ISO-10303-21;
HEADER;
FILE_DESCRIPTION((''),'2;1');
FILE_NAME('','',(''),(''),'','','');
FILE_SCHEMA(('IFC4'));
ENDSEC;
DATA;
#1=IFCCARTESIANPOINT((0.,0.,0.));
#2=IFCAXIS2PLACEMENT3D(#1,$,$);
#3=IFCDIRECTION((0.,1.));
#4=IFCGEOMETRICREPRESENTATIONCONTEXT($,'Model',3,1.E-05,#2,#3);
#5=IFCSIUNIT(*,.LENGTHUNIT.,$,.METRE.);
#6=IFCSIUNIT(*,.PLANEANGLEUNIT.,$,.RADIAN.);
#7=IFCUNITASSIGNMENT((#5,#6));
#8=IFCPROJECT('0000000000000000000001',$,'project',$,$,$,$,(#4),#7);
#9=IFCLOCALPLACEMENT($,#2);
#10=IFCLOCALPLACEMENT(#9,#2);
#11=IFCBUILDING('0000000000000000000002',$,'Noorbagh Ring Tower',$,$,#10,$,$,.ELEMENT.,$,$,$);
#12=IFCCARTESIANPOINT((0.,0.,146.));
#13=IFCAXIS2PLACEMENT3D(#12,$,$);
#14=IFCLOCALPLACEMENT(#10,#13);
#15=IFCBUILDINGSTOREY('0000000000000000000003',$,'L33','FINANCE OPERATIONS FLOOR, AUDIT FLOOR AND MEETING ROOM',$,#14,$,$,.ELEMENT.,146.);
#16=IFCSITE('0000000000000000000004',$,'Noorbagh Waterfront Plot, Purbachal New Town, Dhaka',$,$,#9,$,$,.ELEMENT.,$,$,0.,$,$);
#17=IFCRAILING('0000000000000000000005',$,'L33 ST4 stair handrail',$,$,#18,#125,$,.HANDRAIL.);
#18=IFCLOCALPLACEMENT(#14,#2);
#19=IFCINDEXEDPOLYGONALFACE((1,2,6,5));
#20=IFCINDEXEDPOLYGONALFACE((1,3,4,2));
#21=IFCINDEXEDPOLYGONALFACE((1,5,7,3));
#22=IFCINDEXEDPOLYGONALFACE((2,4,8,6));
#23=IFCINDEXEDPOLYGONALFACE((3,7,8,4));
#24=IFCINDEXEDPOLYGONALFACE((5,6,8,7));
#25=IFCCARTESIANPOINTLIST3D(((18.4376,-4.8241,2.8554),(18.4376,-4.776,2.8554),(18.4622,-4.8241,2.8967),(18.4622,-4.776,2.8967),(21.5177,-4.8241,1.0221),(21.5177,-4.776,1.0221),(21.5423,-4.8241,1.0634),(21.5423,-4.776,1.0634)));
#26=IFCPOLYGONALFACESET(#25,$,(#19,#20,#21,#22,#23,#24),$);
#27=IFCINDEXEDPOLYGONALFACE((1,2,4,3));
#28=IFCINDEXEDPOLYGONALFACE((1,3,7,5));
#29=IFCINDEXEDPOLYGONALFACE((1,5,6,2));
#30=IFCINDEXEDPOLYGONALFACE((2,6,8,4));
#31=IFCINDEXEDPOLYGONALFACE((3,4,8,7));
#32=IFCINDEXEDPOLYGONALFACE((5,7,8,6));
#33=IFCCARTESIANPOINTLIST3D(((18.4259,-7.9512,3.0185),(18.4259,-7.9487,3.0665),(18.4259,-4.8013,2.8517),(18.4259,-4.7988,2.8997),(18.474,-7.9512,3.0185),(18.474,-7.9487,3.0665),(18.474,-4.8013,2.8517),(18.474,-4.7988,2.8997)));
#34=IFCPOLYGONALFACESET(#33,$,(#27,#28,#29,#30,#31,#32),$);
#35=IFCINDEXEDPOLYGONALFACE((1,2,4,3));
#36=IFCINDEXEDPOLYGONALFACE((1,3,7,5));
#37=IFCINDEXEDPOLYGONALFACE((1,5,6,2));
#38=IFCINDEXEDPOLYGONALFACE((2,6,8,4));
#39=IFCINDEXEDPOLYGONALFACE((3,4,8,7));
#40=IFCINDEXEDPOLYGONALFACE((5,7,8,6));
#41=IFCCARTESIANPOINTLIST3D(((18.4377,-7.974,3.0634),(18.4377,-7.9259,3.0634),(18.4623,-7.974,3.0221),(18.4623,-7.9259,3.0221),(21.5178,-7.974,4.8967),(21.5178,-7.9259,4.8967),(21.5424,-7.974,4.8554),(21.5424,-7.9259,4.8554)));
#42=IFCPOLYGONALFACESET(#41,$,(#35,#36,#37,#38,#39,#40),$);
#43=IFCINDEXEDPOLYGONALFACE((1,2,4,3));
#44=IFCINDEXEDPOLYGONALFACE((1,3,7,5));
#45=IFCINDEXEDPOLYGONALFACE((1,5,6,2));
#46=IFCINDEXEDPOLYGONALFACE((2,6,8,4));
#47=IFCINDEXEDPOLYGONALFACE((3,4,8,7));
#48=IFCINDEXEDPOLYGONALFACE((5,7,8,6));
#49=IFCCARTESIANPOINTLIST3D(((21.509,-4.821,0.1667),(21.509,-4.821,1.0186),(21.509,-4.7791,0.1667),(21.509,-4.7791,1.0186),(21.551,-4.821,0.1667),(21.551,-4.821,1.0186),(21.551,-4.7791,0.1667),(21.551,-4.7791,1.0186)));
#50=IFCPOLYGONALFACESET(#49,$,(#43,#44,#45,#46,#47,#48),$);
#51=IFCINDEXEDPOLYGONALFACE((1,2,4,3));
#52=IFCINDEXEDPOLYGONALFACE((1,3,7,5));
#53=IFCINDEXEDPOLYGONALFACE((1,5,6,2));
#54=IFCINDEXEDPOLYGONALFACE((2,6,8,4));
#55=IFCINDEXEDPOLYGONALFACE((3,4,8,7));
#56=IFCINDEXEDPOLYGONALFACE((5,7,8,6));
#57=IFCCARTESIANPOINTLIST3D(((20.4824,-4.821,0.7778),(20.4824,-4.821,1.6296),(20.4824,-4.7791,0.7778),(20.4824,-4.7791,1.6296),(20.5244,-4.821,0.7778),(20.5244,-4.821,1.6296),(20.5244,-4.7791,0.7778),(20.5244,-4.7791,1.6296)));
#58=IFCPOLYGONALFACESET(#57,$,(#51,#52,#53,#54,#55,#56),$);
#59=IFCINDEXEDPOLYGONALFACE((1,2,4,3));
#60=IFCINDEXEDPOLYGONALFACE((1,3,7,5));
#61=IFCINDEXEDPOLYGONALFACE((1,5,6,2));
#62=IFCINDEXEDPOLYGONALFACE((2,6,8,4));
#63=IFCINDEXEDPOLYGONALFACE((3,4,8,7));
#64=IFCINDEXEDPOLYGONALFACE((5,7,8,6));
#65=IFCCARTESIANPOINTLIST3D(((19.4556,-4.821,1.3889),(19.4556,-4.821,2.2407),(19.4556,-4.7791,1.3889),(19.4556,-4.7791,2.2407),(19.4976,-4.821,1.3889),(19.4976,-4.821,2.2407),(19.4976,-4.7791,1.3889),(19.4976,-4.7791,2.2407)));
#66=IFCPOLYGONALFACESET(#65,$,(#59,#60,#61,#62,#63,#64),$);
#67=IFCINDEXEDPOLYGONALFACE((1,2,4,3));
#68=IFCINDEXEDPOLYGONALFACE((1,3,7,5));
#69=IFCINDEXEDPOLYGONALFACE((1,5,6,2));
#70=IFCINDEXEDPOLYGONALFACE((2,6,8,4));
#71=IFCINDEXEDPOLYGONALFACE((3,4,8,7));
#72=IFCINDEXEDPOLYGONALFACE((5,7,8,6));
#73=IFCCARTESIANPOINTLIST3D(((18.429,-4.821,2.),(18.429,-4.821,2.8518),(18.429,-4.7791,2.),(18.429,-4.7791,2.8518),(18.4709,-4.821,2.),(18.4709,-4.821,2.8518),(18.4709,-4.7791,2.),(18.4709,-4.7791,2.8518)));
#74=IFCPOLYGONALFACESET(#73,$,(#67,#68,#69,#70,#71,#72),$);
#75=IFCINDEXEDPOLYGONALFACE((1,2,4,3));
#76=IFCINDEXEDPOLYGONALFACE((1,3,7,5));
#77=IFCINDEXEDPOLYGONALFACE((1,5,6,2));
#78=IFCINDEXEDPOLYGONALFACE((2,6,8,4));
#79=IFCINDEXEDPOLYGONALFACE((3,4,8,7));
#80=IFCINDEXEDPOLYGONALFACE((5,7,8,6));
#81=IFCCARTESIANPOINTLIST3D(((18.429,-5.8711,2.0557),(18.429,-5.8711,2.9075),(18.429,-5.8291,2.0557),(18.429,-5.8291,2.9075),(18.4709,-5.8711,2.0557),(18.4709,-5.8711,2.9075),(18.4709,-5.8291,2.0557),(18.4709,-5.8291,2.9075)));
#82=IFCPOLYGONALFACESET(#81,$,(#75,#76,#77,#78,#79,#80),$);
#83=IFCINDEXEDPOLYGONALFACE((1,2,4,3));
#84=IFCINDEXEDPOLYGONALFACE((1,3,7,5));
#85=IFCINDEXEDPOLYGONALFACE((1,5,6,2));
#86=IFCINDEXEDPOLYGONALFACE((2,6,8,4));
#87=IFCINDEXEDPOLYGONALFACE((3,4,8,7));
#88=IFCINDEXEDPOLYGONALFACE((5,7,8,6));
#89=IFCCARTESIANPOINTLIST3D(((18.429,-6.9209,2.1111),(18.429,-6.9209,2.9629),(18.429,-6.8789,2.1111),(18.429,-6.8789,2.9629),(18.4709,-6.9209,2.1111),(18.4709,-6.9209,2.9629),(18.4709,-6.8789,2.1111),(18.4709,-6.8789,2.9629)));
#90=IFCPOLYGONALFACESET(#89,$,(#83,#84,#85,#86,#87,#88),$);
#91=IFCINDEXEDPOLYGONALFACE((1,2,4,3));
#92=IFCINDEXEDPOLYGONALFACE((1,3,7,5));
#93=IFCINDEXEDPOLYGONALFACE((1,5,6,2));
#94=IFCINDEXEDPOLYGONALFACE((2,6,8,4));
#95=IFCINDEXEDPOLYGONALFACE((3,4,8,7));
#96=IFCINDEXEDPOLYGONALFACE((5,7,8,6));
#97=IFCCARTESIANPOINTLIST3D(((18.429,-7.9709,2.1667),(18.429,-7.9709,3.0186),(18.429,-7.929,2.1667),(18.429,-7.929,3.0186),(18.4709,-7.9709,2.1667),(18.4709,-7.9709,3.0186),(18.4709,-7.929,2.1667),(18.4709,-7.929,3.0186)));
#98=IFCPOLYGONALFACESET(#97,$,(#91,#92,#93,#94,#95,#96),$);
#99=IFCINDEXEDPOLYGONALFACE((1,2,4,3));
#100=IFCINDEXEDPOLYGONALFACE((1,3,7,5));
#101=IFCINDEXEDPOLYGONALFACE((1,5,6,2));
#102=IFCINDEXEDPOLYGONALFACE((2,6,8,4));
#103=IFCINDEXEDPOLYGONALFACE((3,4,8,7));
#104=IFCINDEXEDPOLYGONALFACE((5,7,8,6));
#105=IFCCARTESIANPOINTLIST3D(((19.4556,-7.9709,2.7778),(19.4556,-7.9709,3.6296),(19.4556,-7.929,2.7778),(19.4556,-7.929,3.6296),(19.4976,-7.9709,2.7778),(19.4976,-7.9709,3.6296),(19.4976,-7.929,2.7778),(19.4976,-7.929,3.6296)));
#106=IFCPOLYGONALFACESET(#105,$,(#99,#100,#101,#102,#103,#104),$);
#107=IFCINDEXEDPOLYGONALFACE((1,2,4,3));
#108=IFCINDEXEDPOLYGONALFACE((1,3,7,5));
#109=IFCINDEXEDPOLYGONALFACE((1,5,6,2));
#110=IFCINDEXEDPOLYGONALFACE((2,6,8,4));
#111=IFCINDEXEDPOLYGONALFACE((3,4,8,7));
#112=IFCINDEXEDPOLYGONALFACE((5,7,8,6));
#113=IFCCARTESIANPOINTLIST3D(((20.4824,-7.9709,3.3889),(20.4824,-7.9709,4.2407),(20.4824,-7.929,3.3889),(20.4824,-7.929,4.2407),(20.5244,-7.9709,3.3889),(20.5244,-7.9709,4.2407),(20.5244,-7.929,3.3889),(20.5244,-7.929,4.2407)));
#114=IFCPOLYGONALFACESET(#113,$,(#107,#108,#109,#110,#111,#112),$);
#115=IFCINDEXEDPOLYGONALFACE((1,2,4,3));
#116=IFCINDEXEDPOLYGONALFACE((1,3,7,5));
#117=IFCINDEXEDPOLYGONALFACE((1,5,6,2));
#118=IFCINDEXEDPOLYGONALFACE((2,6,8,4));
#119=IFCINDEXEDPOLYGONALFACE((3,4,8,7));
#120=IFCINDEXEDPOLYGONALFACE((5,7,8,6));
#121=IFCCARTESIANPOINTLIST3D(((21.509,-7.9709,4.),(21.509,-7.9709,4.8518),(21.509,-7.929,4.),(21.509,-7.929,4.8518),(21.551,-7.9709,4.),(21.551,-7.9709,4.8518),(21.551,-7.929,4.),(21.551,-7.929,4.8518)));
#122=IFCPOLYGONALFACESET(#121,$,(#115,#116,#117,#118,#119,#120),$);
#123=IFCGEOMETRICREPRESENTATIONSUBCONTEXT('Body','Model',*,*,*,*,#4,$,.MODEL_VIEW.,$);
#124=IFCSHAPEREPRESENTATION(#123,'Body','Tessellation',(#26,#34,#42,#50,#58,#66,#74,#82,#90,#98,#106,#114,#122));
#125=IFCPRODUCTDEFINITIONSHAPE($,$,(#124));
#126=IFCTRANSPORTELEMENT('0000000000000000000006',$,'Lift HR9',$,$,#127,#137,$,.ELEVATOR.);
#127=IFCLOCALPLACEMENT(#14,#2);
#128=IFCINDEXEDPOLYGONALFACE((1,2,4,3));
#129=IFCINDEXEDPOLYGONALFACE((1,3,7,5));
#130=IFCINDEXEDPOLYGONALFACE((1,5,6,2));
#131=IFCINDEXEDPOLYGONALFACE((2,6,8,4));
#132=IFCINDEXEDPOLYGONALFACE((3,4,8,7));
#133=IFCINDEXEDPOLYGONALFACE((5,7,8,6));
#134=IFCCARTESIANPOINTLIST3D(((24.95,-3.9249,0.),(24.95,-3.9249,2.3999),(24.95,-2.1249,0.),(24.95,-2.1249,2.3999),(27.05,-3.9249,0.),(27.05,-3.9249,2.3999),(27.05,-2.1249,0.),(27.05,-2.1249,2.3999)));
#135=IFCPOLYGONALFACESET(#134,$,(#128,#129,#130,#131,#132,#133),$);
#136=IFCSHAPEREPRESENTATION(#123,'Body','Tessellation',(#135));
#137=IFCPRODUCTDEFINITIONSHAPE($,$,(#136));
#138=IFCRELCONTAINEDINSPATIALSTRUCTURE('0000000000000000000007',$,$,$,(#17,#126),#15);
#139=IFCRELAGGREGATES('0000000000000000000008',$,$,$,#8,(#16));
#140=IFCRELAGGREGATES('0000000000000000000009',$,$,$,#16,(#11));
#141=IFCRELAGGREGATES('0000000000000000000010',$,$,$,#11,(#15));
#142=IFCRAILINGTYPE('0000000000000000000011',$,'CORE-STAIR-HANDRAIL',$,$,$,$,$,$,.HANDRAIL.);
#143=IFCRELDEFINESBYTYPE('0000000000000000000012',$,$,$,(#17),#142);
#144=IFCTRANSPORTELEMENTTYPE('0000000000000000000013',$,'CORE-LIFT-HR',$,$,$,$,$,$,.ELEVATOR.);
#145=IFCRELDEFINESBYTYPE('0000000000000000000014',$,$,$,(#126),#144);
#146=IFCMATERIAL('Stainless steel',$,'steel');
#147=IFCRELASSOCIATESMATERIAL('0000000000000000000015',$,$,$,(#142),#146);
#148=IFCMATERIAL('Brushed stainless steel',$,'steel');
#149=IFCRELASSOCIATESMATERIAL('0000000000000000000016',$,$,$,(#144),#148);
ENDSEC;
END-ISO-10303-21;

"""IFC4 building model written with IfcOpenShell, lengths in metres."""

from ifc_helpers import new_model, si_unit, direction, frame, origin, origin_2d, place, context, subcontext, project, spatial, rectangle, extrude, material, type_object, element, save


model = new_model("IFC4")

# Units and contexts
model_context = context("Model", 3, precision=1e-05, world=origin(), true_north=direction((0.0, 1.0)))
body_context = subcontext(model_context, "Body", "Model", "MODEL_VIEW")
ifc_project = project(units=[si_unit("LENGTHUNIT", "METRE"), si_unit("PLANEANGLEUNIT", "RADIAN")], contexts=[model_context])

# Site, building, storey
site_placement = place(None, origin())
site = spatial("IfcSite", under=ifc_project, at=site_placement, Name="Noorbagh Waterfront Plot, Purbachal New Town, Dhaka", CompositionType="ELEMENT", RefElevation=0.0)
building_placement = place(site_placement, origin())
building = spatial("IfcBuilding", under=site, at=building_placement, Name="Noorbagh Ring Tower", CompositionType="ELEMENT")
storey_placement = place(building_placement, frame((0.0, 0.0, 146.0)))
storey = spatial("IfcBuildingStorey", under=building, at=storey_placement, Name="L33", Description="FINANCE OPERATIONS FLOOR, AUDIT FLOOR AND MEETING ROOM", CompositionType="ELEMENT", Elevation=146.0)

# Railing
ifc_material_1 = material(Name="Stainless steel", Category="steel")
railing_type_1 = type_object("IfcRailingType", Name="CORE-STAIR-HANDRAIL", PredefinedType="HANDRAIL", material=ifc_material_1)
railing_1_placement = place(storey_placement, frame((21.53, -4.8, 0.1667)))
element("IfcRailing", 1, at=railing_1_placement, inside=storey, type_object=railing_type_1, Name="L33 ST4 stair handrail", PredefinedType="HANDRAIL", context=body_context, shape_type="SweptSolid", body=[
    extrude(rectangle(XDim=0.0481, YDim=0.0481, at=origin_2d()), frame((0.0, 0.0, 0.876), z_axis=(-0.859309, 0.0, 0.511458), x_axis=(0.0, -1.0, 0.0)), (0.0, 0.0, 1.0), 3.5845),
    extrude(rectangle(XDim=0.0481, YDim=0.0481, at=origin_2d()), frame((-3.0801, 0.0, 2.709), z_axis=(0.0, -0.998602, 0.052864), x_axis=(1.0, 0.0, 0.0)), (0.0, 0.0, 1.0), 3.1543),
    extrude(rectangle(XDim=0.0481, YDim=0.0481, at=origin_2d()), frame((-3.0801, -3.1499, 2.876), z_axis=(0.859309, 0.0, 0.511458), x_axis=(0.0, 1.0, 0.0)), (0.0, 0.0, 1.0), 3.5845),
    extrude(rectangle(XDim=0.042, YDim=0.042, at=origin_2d()), origin(), (0.0, 0.0, 1.0), 0.8518),
    extrude(rectangle(XDim=0.042, YDim=0.042, at=origin_2d()), frame((-1.0266, 0.0, 0.6111)), (0.0, 0.0, 1.0), 0.8518),
    extrude(rectangle(XDim=0.042, YDim=0.042, at=origin_2d()), frame((-2.0535, 0.0, 1.2222)), (0.0, 0.0, 1.0), 0.8518),
    extrude(rectangle(XDim=0.042, YDim=0.042, at=origin_2d()), frame((-3.0801, 0.0, 1.8333)), (0.0, 0.0, 1.0), 0.8518),
    extrude(rectangle(XDim=0.042, YDim=0.042, at=origin_2d()), frame((-3.0801, -1.05, 1.8889)), (0.0, 0.0, 1.0), 0.8518),
    extrude(rectangle(XDim=0.042, YDim=0.042, at=origin_2d()), frame((-3.0801, -2.0999, 1.9443)), (0.0, 0.0, 1.0), 0.8518),
    extrude(rectangle(XDim=0.042, YDim=0.042, at=origin_2d()), frame((-3.0801, -3.1499, 2.0)), (0.0, 0.0, 1.0), 0.8518),
    extrude(rectangle(XDim=0.042, YDim=0.042, at=origin_2d()), frame((-2.0535, -3.1499, 2.6111)), (0.0, 0.0, 1.0), 0.8518),
    extrude(rectangle(XDim=0.042, YDim=0.042, at=origin_2d()), frame((-1.0266, -3.1499, 3.2222)), (0.0, 0.0, 1.0), 0.8518),
    extrude(rectangle(XDim=0.042, YDim=0.042, at=origin_2d()), frame((0.0, -3.1499, 3.8333)), (0.0, 0.0, 1.0), 0.8518),
])

# Transport element
ifc_material_2 = material(Name="Brushed stainless steel", Category="steel")
transport_element_type = type_object("IfcTransportElementType", Name="CORE-LIFT-HR", PredefinedType="ELEVATOR", material=ifc_material_2)
transport_element_placement = place(storey_placement, frame((26.0, -3.0249, 0.0), z_axis=(0.0, 0.0, 1.0), x_axis=(1.0, 0.0, 0.0)))
element("IfcTransportElement", 2, at=transport_element_placement, inside=storey, type_object=transport_element_type, Name="Lift HR9", PredefinedType="ELEVATOR", context=body_context, shape_type="SweptSolid", body=[
    extrude(rectangle(XDim=2.1001, YDim=1.8, at=origin_2d()), origin(), (0.0, 0.0, 1.0), 2.3999),
])

save(model, "model.ifc")
